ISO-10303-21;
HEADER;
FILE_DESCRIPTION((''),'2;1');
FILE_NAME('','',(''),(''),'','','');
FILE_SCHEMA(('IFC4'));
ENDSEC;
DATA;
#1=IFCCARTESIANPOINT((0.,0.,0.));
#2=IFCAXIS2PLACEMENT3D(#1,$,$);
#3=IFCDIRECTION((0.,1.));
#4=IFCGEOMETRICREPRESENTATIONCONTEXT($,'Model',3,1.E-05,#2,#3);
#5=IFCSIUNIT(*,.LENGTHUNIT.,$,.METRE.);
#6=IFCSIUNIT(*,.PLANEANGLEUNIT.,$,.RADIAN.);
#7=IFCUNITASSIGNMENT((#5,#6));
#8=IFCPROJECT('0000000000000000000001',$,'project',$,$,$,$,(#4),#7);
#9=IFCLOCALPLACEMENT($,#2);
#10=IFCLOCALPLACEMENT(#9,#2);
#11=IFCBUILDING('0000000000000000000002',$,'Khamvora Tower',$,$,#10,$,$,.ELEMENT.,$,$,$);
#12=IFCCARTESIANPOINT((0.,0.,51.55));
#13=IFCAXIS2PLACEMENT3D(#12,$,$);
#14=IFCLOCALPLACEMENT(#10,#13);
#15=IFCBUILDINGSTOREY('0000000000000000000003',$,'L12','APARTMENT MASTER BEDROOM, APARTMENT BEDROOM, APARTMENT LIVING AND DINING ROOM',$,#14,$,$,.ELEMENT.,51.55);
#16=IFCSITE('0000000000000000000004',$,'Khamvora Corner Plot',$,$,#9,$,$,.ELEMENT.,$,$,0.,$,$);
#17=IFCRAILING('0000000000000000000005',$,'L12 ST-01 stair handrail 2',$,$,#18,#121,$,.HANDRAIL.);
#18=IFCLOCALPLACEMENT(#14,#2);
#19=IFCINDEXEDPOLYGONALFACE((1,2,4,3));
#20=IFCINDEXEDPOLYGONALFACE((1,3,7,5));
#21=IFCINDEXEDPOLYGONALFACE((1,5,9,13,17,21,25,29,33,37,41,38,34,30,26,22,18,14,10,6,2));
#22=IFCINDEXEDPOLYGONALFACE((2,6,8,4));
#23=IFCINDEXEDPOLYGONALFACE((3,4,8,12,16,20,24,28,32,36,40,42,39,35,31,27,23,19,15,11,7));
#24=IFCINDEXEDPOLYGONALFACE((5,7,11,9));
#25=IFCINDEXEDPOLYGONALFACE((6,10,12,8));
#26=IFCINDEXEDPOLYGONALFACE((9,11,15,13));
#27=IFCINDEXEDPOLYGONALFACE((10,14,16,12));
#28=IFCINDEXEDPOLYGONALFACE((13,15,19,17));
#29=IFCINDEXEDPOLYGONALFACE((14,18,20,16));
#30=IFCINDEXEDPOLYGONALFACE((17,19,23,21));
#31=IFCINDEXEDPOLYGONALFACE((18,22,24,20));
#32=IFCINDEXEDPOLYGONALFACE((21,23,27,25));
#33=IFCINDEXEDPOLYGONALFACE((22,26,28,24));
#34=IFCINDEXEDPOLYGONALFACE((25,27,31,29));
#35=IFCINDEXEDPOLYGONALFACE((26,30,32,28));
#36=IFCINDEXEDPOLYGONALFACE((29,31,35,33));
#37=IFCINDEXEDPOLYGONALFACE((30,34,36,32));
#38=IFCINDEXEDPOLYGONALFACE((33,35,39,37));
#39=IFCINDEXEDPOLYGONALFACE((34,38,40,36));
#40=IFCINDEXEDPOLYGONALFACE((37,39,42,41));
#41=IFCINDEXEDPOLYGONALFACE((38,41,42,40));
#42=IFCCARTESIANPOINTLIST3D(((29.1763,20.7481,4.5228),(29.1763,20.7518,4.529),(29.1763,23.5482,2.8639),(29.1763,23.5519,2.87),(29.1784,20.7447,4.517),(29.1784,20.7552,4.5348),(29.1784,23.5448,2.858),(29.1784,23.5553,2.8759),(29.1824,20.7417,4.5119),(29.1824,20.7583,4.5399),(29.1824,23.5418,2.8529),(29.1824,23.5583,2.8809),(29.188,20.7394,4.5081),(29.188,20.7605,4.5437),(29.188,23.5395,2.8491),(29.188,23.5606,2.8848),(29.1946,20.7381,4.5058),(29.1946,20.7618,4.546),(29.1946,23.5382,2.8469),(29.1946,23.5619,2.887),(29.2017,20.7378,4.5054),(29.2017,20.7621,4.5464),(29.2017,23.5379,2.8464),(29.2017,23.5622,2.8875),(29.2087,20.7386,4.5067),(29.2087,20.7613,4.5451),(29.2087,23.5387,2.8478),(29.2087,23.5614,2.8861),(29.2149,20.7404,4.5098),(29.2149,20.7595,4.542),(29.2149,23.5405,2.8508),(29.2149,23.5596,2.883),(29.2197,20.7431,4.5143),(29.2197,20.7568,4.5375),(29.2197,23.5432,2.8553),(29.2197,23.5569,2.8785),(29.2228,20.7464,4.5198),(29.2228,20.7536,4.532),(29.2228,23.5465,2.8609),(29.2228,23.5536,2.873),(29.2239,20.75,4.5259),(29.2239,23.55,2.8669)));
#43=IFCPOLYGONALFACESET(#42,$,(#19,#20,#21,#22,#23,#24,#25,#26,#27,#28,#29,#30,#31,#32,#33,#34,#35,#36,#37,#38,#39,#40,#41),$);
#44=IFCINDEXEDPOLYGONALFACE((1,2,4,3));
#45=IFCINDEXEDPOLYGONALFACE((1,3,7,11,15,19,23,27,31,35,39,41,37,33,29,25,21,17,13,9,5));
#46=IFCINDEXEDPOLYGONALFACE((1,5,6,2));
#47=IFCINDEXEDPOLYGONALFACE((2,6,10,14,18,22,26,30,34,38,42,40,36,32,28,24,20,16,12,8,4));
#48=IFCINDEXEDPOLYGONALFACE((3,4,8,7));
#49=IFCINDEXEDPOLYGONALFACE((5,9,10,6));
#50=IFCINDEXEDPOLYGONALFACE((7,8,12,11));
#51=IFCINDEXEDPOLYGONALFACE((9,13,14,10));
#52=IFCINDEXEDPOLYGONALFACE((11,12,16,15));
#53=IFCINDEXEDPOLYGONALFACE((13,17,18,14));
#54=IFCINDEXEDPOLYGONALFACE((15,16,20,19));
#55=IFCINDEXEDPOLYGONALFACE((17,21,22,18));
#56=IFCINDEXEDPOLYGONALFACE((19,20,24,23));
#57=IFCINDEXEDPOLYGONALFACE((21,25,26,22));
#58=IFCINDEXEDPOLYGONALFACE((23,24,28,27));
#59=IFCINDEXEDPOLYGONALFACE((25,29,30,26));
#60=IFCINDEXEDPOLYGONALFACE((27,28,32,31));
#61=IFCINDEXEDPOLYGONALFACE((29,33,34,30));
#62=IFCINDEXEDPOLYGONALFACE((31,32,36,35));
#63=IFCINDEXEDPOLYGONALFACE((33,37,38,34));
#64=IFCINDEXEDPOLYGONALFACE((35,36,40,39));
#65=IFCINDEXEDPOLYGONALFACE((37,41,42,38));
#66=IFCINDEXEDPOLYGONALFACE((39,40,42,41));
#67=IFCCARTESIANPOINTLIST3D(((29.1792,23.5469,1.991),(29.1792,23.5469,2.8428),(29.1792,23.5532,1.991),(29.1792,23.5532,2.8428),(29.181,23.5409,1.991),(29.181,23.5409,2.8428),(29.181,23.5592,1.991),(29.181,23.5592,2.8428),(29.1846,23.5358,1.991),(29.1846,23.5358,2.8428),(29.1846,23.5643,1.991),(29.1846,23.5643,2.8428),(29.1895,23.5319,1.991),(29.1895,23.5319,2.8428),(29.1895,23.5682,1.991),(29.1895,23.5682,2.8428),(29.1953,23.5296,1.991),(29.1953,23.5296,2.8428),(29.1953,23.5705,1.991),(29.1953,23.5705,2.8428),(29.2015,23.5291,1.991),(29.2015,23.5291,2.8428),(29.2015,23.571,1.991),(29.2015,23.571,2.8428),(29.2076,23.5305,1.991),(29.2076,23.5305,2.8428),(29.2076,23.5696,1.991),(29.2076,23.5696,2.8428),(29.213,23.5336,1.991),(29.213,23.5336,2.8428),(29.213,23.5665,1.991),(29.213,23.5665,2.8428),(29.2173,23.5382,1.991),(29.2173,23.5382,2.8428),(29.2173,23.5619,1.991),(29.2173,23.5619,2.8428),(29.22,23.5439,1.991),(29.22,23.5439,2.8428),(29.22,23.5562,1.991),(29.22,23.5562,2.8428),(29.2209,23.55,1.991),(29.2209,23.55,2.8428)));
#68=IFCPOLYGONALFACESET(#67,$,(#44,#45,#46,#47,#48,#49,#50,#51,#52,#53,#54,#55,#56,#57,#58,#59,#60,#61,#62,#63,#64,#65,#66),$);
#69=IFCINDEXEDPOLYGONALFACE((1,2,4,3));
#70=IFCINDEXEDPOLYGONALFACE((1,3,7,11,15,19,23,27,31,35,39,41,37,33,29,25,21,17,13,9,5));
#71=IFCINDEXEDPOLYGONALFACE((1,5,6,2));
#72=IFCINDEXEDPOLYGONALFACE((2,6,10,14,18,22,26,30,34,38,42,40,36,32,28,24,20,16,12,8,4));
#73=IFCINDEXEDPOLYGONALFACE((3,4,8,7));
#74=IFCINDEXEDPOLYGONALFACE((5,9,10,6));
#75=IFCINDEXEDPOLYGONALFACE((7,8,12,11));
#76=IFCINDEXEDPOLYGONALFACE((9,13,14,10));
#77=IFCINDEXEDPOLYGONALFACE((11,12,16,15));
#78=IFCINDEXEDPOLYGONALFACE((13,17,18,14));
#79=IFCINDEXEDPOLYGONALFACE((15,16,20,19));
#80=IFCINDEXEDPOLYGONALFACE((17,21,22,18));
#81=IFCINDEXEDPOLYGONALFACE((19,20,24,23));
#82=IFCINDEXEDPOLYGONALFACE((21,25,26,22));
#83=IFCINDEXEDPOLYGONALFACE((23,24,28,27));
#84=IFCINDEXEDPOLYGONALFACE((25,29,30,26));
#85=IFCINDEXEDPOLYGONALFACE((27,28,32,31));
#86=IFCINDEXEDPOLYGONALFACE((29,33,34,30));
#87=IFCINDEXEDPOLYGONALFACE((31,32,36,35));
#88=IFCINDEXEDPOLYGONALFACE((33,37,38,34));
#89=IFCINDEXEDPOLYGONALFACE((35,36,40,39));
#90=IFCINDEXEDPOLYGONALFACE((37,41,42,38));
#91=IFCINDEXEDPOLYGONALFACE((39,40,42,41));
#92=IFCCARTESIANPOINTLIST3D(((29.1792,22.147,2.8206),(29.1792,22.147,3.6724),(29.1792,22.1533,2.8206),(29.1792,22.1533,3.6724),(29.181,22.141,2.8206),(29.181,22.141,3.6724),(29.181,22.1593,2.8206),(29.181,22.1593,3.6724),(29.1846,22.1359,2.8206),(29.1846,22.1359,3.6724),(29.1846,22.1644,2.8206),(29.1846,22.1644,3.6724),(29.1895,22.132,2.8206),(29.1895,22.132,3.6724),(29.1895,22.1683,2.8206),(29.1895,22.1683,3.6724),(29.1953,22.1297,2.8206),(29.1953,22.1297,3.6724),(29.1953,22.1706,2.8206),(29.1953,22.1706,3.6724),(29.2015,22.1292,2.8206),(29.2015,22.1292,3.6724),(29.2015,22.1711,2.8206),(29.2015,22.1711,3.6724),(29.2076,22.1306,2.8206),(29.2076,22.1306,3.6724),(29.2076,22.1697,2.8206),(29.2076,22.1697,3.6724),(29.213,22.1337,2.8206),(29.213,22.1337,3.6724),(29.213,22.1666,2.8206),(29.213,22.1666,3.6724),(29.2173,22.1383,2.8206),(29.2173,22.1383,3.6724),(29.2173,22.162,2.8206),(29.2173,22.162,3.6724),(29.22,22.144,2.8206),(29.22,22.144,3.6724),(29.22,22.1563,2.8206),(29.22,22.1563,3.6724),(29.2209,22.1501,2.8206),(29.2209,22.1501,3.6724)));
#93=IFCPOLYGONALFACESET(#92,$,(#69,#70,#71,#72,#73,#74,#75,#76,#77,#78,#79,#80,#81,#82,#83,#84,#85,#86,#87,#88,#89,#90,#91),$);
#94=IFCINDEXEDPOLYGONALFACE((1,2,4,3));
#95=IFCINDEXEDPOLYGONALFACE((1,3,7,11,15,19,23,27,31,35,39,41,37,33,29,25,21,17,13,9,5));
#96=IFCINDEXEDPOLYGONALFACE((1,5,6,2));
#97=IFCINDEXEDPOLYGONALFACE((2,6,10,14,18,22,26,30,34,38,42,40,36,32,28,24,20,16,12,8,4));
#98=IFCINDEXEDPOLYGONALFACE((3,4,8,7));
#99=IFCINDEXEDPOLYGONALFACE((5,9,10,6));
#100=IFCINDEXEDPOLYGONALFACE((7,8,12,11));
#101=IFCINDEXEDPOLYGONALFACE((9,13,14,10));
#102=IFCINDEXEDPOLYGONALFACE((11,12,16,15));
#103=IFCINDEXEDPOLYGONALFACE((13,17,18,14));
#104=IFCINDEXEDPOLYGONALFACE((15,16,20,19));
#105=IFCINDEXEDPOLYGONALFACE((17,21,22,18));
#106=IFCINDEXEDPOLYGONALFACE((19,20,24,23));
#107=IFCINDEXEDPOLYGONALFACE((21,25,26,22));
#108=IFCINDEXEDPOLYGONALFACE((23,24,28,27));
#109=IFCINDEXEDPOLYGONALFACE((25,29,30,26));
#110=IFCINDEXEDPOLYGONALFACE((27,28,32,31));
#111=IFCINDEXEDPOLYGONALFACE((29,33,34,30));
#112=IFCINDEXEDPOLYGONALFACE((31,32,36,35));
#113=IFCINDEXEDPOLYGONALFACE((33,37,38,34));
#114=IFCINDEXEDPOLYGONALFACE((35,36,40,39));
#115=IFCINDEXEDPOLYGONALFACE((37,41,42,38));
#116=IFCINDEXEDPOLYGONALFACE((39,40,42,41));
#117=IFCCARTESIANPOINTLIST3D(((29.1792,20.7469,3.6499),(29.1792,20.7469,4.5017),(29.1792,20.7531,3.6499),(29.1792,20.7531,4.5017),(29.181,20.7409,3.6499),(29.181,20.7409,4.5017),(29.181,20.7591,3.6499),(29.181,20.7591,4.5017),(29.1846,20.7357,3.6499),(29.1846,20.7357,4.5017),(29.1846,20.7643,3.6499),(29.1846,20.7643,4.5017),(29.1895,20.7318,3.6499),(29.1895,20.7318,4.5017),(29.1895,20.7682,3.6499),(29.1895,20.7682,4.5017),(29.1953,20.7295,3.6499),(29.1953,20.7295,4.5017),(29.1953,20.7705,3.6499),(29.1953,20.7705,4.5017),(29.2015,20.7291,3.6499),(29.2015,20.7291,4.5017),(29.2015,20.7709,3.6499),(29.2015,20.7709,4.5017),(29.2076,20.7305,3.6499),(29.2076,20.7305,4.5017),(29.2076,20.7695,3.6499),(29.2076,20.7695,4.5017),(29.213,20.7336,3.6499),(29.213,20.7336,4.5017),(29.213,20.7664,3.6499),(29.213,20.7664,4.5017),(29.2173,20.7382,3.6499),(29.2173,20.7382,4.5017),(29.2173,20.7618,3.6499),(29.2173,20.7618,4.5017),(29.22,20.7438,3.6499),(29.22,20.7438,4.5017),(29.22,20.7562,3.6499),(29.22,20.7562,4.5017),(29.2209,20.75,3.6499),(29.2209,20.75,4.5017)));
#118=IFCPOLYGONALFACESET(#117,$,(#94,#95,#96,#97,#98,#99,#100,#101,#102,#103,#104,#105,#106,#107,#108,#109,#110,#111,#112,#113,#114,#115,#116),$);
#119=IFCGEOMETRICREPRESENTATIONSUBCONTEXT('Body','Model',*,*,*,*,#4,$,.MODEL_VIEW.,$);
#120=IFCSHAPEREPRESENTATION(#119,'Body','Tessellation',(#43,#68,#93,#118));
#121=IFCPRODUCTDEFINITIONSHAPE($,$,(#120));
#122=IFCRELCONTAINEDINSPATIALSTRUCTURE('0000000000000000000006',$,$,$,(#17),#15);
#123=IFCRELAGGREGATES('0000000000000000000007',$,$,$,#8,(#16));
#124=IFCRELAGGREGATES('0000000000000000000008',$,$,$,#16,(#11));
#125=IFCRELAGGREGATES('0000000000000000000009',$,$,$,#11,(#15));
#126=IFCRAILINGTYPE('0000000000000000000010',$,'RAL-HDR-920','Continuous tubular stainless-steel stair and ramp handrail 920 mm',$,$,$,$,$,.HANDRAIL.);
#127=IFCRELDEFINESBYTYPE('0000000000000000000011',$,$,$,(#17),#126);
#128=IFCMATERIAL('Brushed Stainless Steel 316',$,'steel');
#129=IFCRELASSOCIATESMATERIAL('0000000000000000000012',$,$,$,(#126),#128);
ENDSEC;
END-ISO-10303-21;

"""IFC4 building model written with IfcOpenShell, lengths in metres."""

from ifc_helpers import new_model, si_unit, direction, frame, origin, origin_2d, place, context, subcontext, project, spatial, circle, extrude, material, type_object, element, save


model = new_model("IFC4")

# Units and contexts
model_context = context("Model", 3, precision=1e-05, world=origin(), true_north=direction((0.0, 1.0)))
body_context = subcontext(model_context, "Body", "Model", "MODEL_VIEW")
ifc_project = project(units=[si_unit("LENGTHUNIT", "METRE"), si_unit("PLANEANGLEUNIT", "RADIAN")], contexts=[model_context])

# Site, building, storey
site_placement = place(None, origin())
site = spatial("IfcSite", under=ifc_project, at=site_placement, Name="Khamvora Corner Plot", CompositionType="ELEMENT", RefElevation=0.0)
building_placement = place(site_placement, origin())
building = spatial("IfcBuilding", under=site, at=building_placement, Name="Khamvora Tower", CompositionType="ELEMENT")
storey_placement = place(building_placement, frame((0.0, 0.0, 51.55)))
storey = spatial("IfcBuildingStorey", under=building, at=storey_placement, Name="L12", Description="APARTMENT MASTER BEDROOM, APARTMENT BEDROOM, APARTMENT LIVING AND DINING ROOM", CompositionType="ELEMENT", Elevation=51.55)

# Railing
ifc_material_1 = material(Name="Brushed Stainless Steel 316", Category="steel")
railing_type_1 = type_object("IfcRailingType", Name="RAL-HDR-920", Description="Continuous tubular stainless-steel stair and ramp handrail 920 mm", PredefinedType="HANDRAIL", material=ifc_material_1)
railing_1_placement = place(storey_placement, frame((29.2, 23.55, 1.991)))
element("IfcRailing", 1, at=railing_1_placement, inside=storey, type_object=railing_type_1, Name="L12 ST-01 stair handrail 2", PredefinedType="HANDRAIL", context=body_context, shape_type="SweptSolid", body=[
    extrude(circle(Radius=0.0239, at=origin_2d()), frame((0.0, 0.0, 0.876), z_axis=(0.0, -0.860339, 0.509722), x_axis=(1.0, 0.0, 0.0)), (0.0, 0.0, 1.0), 3.2546),
    extrude(circle(Radius=0.021, at=origin_2d()), origin(), (0.0, 0.0, 1.0), 0.8518),
    extrude(circle(Radius=0.021, at=origin_2d()), frame((0.0, -1.3999, 0.8296)), (0.0, 0.0, 1.0), 0.8518),
    extrude(circle(Radius=0.021, at=origin_2d()), frame((0.0, -2.8, 1.6589)), (0.0, 0.0, 1.0), 0.8518),
])

save(model, "model.ifc")
